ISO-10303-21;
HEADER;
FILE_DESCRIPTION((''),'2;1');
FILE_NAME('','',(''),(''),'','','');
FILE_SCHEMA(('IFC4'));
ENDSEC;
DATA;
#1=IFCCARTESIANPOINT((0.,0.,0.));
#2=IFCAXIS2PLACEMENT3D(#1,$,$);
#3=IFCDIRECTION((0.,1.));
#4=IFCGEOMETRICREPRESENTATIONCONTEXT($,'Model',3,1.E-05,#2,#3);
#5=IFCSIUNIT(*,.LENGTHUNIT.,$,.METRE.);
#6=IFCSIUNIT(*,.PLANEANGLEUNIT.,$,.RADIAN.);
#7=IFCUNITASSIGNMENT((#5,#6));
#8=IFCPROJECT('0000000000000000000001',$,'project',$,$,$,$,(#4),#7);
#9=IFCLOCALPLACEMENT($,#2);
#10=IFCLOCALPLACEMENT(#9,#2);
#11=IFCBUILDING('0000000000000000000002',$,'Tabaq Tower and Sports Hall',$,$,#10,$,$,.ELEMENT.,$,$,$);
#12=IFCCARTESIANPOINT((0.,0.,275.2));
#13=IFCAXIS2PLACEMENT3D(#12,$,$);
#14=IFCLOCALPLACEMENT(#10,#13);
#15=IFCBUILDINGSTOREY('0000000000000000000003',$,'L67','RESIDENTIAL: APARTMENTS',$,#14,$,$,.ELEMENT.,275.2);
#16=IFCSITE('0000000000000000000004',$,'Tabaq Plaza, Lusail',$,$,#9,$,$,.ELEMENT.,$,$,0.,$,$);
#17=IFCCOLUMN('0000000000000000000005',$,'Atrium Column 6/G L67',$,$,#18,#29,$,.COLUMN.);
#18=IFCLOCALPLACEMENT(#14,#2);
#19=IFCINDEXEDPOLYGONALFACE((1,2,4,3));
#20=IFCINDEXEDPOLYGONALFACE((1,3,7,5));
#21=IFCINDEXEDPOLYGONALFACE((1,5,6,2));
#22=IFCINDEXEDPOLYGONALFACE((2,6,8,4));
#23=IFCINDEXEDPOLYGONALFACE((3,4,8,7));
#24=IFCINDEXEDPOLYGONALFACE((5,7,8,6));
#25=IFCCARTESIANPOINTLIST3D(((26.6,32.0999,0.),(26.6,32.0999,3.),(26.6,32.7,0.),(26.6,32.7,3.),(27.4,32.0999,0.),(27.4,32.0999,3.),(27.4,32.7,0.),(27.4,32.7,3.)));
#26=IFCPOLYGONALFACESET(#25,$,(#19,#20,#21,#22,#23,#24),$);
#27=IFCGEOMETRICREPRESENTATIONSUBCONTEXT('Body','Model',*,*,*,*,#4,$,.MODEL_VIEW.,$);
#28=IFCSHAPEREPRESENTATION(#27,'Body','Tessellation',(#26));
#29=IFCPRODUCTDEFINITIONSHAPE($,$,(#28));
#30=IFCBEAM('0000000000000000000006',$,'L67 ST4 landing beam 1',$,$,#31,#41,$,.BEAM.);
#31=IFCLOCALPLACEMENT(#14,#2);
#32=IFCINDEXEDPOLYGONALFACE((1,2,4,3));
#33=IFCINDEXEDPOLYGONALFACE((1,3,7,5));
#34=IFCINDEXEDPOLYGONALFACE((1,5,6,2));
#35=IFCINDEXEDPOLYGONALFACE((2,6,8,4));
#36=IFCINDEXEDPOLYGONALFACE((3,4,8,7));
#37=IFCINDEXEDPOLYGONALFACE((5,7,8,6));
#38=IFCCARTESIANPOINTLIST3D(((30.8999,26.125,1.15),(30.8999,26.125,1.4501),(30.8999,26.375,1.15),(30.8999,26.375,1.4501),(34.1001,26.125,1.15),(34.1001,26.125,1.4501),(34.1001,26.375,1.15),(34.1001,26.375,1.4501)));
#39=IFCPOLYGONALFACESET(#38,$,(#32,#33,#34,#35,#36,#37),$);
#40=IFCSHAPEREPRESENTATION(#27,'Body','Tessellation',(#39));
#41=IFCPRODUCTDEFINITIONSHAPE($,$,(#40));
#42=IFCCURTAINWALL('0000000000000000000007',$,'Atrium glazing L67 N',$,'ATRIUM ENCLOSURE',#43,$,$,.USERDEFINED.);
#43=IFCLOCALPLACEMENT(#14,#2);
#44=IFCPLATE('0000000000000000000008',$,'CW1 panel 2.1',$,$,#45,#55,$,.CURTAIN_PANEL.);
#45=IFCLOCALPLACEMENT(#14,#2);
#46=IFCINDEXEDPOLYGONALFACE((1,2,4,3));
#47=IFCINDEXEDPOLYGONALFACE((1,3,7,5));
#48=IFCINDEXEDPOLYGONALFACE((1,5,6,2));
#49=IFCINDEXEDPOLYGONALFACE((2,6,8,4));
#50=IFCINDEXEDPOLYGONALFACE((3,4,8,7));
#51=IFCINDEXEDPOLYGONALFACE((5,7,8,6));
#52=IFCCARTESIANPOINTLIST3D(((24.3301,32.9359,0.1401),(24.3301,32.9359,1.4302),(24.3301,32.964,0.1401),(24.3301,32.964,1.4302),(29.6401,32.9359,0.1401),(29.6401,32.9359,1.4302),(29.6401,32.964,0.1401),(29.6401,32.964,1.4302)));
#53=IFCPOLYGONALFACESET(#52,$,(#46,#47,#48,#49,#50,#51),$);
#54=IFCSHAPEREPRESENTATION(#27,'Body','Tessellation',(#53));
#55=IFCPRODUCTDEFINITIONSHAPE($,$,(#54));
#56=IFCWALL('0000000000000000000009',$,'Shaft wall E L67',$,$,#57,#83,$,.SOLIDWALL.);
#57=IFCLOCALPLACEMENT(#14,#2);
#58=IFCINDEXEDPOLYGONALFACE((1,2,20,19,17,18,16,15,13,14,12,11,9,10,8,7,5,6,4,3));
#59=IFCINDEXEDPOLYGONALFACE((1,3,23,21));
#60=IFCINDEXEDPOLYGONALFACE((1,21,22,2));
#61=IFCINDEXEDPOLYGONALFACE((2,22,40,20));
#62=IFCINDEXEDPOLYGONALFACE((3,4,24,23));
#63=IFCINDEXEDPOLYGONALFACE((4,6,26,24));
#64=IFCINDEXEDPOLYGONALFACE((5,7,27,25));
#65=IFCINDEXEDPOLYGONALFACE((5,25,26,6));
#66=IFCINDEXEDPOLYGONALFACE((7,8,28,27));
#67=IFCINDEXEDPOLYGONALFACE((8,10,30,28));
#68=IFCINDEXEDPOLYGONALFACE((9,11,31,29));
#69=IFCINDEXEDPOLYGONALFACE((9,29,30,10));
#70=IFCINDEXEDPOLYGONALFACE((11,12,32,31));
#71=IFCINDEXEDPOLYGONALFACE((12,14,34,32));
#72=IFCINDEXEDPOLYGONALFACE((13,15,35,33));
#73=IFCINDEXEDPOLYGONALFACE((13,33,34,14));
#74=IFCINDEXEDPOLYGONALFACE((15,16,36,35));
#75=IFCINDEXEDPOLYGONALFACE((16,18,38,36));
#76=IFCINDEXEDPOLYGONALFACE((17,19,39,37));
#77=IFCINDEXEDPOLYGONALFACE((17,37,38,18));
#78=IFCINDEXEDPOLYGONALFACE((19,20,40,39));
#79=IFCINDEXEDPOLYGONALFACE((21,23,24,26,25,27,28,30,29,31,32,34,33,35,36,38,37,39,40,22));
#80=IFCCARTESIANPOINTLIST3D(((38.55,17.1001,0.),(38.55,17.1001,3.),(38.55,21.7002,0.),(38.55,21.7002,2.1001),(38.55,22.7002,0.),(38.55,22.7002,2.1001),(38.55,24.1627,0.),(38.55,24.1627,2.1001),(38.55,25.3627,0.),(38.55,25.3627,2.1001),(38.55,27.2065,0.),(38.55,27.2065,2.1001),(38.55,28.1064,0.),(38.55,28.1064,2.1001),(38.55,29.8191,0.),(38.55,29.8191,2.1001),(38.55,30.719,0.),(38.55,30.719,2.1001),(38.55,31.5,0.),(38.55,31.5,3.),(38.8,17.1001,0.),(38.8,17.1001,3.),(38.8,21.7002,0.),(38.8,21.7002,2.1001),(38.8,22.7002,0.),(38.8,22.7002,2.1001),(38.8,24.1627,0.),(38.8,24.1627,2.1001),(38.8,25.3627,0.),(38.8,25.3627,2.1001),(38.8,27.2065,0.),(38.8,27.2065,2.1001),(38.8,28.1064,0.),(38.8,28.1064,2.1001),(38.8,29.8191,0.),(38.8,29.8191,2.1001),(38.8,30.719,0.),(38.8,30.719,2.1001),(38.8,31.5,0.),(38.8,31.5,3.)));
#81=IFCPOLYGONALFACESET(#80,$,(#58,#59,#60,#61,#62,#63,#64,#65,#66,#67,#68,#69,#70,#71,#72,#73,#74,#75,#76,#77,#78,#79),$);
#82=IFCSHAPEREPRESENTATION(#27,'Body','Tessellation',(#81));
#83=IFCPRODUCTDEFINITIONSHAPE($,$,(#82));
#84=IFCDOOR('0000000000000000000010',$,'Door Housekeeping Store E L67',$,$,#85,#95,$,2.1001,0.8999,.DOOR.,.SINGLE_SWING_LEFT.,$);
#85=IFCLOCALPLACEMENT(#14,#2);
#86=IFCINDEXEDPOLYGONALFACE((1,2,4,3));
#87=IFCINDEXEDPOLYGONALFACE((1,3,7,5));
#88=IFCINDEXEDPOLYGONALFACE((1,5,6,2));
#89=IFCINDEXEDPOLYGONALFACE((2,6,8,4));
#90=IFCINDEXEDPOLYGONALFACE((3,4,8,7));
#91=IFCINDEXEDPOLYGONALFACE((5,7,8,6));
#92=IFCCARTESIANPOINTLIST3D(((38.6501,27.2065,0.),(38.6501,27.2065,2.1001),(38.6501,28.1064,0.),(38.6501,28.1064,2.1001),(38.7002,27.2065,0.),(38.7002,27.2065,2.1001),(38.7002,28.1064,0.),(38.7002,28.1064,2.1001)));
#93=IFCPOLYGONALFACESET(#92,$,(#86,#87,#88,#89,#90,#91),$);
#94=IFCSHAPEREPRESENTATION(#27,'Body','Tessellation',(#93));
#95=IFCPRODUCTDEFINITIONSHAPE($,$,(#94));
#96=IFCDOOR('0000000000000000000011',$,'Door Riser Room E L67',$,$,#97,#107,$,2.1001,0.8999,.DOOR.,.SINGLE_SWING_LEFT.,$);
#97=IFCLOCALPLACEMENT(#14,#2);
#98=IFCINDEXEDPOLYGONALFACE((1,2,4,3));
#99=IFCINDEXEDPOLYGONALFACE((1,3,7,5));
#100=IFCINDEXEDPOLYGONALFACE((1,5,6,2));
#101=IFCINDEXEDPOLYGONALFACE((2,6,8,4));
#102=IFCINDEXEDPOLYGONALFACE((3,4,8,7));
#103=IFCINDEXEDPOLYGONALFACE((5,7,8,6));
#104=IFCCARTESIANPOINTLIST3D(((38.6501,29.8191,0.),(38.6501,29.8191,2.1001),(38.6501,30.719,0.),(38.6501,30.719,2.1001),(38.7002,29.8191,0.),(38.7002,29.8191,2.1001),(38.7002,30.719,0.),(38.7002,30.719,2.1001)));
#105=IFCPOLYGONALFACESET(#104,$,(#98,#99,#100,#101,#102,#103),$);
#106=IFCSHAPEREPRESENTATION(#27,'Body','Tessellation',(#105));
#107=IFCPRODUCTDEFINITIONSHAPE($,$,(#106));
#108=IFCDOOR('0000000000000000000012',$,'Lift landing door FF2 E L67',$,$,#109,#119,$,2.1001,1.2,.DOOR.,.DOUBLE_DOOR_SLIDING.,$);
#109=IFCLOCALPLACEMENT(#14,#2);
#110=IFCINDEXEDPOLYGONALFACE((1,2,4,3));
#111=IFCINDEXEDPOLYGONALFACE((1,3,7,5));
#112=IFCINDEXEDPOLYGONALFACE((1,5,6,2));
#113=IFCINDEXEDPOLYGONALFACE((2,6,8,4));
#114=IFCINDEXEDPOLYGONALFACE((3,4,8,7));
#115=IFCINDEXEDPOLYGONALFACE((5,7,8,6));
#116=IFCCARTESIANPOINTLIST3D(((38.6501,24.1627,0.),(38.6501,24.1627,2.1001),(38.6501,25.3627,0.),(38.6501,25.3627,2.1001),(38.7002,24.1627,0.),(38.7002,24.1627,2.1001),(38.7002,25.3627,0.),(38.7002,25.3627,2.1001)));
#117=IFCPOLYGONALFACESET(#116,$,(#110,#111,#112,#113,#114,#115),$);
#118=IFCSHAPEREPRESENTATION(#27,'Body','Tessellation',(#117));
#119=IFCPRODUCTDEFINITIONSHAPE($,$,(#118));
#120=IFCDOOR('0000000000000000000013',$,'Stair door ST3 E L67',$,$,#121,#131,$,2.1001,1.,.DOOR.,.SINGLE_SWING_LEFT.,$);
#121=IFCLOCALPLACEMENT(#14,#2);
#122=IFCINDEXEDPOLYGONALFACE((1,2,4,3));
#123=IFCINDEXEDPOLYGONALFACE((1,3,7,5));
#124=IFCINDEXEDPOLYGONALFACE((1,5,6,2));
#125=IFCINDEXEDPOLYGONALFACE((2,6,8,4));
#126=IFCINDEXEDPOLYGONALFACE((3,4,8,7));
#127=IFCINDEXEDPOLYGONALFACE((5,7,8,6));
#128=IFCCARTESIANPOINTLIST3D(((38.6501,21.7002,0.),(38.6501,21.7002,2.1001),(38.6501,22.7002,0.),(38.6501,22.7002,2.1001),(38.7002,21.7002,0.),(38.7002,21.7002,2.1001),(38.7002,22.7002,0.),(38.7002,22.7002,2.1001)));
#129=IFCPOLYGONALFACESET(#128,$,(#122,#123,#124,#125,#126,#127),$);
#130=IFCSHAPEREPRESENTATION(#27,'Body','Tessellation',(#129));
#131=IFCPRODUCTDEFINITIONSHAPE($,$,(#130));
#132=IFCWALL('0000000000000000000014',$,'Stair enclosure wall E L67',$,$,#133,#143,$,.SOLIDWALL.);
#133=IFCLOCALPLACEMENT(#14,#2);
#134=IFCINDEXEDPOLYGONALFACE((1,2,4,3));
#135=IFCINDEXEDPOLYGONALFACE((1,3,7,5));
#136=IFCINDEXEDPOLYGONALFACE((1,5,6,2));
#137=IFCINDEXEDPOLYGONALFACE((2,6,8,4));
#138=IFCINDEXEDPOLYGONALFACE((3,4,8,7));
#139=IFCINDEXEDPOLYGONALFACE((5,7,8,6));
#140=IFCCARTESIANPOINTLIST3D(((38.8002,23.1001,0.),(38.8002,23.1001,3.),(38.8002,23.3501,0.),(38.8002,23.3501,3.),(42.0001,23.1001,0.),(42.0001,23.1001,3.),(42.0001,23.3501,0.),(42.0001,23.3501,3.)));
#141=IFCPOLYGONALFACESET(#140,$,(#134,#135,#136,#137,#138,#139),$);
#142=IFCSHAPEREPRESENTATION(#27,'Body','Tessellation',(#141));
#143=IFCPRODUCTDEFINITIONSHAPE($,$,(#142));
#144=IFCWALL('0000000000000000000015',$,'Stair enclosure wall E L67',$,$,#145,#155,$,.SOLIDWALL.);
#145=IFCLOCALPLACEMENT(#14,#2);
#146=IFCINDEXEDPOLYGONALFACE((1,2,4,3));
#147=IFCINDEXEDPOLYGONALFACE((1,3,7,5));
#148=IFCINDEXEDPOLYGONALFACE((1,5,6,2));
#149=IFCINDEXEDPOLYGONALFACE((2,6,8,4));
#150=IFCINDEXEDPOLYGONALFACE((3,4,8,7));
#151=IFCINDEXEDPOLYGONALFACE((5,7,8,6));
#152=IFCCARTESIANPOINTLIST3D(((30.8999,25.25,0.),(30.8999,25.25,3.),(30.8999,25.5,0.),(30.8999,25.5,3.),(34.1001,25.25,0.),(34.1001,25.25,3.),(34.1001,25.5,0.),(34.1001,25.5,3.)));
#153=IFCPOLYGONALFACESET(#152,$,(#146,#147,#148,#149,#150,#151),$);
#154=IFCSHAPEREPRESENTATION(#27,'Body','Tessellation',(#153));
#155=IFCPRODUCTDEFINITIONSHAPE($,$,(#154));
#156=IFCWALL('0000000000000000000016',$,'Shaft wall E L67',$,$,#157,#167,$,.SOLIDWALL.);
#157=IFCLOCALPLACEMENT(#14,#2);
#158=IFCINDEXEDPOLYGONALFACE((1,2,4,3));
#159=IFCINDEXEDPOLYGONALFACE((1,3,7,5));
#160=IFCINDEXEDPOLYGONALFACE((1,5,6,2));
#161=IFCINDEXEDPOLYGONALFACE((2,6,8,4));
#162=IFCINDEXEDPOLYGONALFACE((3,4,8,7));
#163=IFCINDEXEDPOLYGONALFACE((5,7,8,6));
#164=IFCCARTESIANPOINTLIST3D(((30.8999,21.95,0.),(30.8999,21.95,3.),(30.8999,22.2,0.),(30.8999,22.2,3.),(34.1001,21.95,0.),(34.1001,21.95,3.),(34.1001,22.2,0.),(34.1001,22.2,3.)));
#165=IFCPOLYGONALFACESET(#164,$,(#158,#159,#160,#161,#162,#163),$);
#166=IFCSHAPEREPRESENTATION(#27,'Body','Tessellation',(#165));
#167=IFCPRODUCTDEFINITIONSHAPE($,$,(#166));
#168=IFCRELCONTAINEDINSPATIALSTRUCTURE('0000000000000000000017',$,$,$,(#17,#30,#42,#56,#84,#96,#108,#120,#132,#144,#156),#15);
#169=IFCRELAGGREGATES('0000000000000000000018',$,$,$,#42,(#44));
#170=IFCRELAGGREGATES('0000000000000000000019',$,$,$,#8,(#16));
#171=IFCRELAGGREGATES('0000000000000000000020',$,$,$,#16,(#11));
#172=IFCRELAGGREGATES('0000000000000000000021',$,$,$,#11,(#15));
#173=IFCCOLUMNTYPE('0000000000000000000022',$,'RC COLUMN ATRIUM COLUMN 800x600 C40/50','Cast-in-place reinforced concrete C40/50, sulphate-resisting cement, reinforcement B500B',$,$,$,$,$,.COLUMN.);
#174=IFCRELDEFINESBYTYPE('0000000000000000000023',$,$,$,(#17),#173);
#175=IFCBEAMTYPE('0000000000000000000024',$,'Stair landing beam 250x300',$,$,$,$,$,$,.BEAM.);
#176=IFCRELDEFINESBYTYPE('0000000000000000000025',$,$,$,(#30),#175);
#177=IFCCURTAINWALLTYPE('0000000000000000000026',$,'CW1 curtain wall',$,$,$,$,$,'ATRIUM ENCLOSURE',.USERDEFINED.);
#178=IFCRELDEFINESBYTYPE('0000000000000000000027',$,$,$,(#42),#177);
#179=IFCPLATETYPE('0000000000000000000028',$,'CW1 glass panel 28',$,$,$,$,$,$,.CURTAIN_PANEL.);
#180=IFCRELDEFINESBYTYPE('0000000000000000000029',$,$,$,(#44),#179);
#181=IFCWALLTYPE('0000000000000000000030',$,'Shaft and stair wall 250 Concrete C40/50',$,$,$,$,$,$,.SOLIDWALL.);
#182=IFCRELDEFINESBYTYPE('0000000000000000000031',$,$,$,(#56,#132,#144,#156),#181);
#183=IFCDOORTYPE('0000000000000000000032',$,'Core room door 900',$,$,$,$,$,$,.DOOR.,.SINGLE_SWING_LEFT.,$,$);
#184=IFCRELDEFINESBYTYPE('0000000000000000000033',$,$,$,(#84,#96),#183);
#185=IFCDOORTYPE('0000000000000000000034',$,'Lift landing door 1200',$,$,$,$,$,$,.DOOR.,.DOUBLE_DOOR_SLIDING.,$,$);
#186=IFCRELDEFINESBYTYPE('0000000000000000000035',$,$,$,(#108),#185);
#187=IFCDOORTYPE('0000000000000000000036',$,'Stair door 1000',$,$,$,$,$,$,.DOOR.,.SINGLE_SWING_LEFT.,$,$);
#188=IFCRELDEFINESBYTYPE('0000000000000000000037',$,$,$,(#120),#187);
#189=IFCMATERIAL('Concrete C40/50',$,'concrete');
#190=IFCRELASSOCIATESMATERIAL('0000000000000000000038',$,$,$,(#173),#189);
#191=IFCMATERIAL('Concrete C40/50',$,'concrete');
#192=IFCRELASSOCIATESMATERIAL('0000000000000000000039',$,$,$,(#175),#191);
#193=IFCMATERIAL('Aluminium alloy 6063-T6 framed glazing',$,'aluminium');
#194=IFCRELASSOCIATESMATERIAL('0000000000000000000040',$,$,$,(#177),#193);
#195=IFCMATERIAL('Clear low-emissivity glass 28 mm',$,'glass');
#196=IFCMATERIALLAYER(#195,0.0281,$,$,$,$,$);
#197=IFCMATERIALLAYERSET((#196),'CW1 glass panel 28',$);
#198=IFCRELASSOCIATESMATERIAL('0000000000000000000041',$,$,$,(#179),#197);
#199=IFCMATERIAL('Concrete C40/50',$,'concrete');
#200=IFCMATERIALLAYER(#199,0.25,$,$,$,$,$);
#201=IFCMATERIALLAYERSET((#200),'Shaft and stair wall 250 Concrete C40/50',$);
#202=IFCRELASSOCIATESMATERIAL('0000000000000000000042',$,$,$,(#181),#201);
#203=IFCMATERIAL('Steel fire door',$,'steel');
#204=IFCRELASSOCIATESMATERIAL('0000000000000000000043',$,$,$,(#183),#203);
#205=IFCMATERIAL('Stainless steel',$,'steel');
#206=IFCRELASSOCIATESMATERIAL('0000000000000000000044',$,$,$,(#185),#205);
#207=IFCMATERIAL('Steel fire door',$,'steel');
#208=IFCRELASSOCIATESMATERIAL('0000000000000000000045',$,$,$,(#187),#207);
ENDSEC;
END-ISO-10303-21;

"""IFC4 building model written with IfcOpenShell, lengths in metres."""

from ifc_helpers import new_model, si_unit, direction, frame, frame_2d, origin, origin_2d, place, context, subcontext, project, spatial, rectangle, extrude, material, layer, layer_set, material_profile, profile_set, type_object, element, fill, aggregate, save


model = new_model("IFC4")

# Units and contexts
model_context = context("Model", 3, precision=1e-05, world=origin(), true_north=direction((0.0, 1.0)))
body_context = subcontext(model_context, "Body", "Model", "MODEL_VIEW")
ifc_project = project(units=[si_unit("LENGTHUNIT", "METRE"), si_unit("PLANEANGLEUNIT", "RADIAN")], contexts=[model_context])

# Site, building, storey
site_placement = place(None, origin())
site = spatial("IfcSite", under=ifc_project, at=site_placement, Name="Tabaq Plaza, Lusail", CompositionType="ELEMENT", RefElevation=0.0)
building_placement = place(site_placement, origin())
building = spatial("IfcBuilding", under=site, at=building_placement, Name="Tabaq Tower and Sports Hall", CompositionType="ELEMENT")
storey_placement = place(building_placement, frame((0.0, 0.0, 275.2)))
storey = spatial("IfcBuildingStorey", under=building, at=storey_placement, Name="L67", Description="RESIDENTIAL: APARTMENTS", CompositionType="ELEMENT", Elevation=275.2)

# Column
ifc_material_1 = material(Name="Concrete C40/50", Category="concrete")
ifc_material_profile_1 = material_profile(ifc_material_1, rectangle(XDim=0.8, YDim=0.6001, at=origin_2d()), Name="ATRIUM COLUMN 800x600")
ifc_profile_set_1 = profile_set([ifc_material_profile_1], Name="Concrete C40/50")
column_type = type_object("IfcColumnType", Name="RC COLUMN ATRIUM COLUMN 800x600 C40/50", Description="Cast-in-place reinforced concrete C40/50, sulphate-resisting cement, reinforcement B500B", PredefinedType="COLUMN", material=ifc_profile_set_1)
column_placement = place(storey_placement, frame((27.0, 32.3999, 0.0), z_axis=(0.0, 0.0, 1.0), x_axis=(1.0, 0.0, 0.0)))
element("IfcColumn", 1, at=column_placement, inside=storey, type_object=column_type, Name="Atrium Column 6/G L67", PredefinedType="COLUMN", context=body_context, shape_type="SweptSolid", body=[
    extrude(rectangle(XDim=0.8, YDim=0.6001, at=origin_2d()), origin(), (0.0, 0.0, 1.0), 3.0),
])

# Beam
ifc_material_2 = material(Name="Concrete C40/50", Category="concrete")
ifc_material_profile_2 = material_profile(ifc_material_2, rectangle(XDim=0.25, YDim=0.3, at=origin_2d()), Name="RC 250x300")
ifc_profile_set_2 = profile_set([ifc_material_profile_2], Name="Concrete C40/50")
beam_type = type_object("IfcBeamType", Name="Stair landing beam 250x300", PredefinedType="BEAM", material=ifc_profile_set_2)
beam_placement = place(storey_placement, frame((30.8999, 26.25, 1.3), z_axis=(1.0, 0.0, 0.0), x_axis=(0.0, 1.0, 0.0)))
element("IfcBeam", 2, at=beam_placement, inside=storey, type_object=beam_type, Name="L67 ST4 landing beam 1", PredefinedType="BEAM", context=body_context, shape_type="SweptSolid", body=[
    extrude(rectangle(XDim=0.25, YDim=0.3, at=origin_2d()), origin(), (0.0, 0.0, 1.0), 3.2002),
])

# Curtain wall, plate
ifc_material_3 = material(Name="Aluminium alloy 6063-T6 framed glazing", Category="aluminium")
curtain_wall_type = type_object("IfcCurtainWallType", Name="CW1 curtain wall", ElementType="ATRIUM ENCLOSURE", PredefinedType="USERDEFINED", material=ifc_material_3)
curtain_wall_placement = place(storey_placement, origin())
curtain_wall = element("IfcCurtainWall", 3, at=curtain_wall_placement, inside=storey, type_object=curtain_wall_type, Name="Atrium glazing L67 N", ObjectType="ATRIUM ENCLOSURE", PredefinedType="USERDEFINED")
ifc_material_4 = material(Name="Clear low-emissivity glass 28 mm", Category="glass")
ifc_layer_1 = layer(ifc_material_4, 0.0281)
ifc_layer_set_1 = layer_set([ifc_layer_1], Name="CW1 glass panel 28")
plate_type = type_object("IfcPlateType", Name="CW1 glass panel 28", PredefinedType="CURTAIN_PANEL", material=ifc_layer_set_1)
plate_placement = place(storey_placement, frame((26.9851, 32.95, 0.1401), z_axis=(0.0, 0.0, 1.0), x_axis=(1.0, 0.0, 0.0)))
plate = element("IfcPlate", 4, at=plate_placement, type_object=plate_type, Name="CW1 panel 2.1", PredefinedType="CURTAIN_PANEL", context=body_context, shape_type="SweptSolid", body=[
    extrude(rectangle(XDim=5.3101, YDim=0.0281, at=origin_2d()), origin(), (0.0, 0.0, 1.0), 1.29),
])
aggregate(curtain_wall, [plate])

# Wall, openings, doors
ifc_material_5 = material(Name="Concrete C40/50", Category="concrete")
ifc_layer_2 = layer(ifc_material_5, 0.25)
ifc_layer_set_2 = layer_set([ifc_layer_2], Name="Shaft and stair wall 250 Concrete C40/50")
wall_type_1 = type_object("IfcWallType", Name="Shaft and stair wall 250 Concrete C40/50", PredefinedType="SOLIDWALL", material=ifc_layer_set_2)
wall_1_placement = place(storey_placement, frame((38.675, 17.1001, 0.0), z_axis=(0.0, 0.0, 1.0), x_axis=(0.0, 1.0, 0.0)))
wall_1 = element("IfcWall", 5, at=wall_1_placement, inside=storey, type_object=wall_type_1, Name="Shaft wall E L67", PredefinedType="SOLIDWALL", context=body_context, shape_type="SweptSolid", body=[
    extrude(rectangle(XDim=14.3999, YDim=0.25, at=frame_2d((7.2, 0.0))), origin(), (0.0, 0.0, 1.0), 3.0),
])
opening_1_placement = place(wall_1_placement, frame((4.6001, 0.0, 0.0)))
opening_1 = element("IfcOpeningElement", 6, at=opening_1_placement, cuts=wall_1, PredefinedType="OPENING", context=body_context, shape_type="SweptSolid", body=[
    extrude(rectangle(XDim=1.0, YDim=2.1001, at=frame_2d((0.5, 1.05))), frame((0.0, 0.125, 0.0), z_axis=(0.0, -1.0, 0.0), x_axis=(1.0, 0.0, 0.0)), (0.0, 0.0, 1.0), 0.25),
])
opening_2_placement = place(wall_1_placement, frame((7.0625, 0.0, 0.0)))
opening_2 = element("IfcOpeningElement", 7, at=opening_2_placement, cuts=wall_1, PredefinedType="OPENING", context=body_context, shape_type="SweptSolid", body=[
    extrude(rectangle(XDim=1.2, YDim=2.1001, at=frame_2d((0.6001, 1.05))), frame((0.0, 0.125, 0.0), z_axis=(0.0, -1.0, 0.0), x_axis=(1.0, 0.0, 0.0)), (0.0, 0.0, 1.0), 0.25),
])
opening_3_placement = place(wall_1_placement, frame((10.1064, 0.0, 0.0)))
opening_3 = element("IfcOpeningElement", 8, at=opening_3_placement, cuts=wall_1, PredefinedType="OPENING", context=body_context, shape_type="SweptSolid", body=[
    extrude(rectangle(XDim=0.8999, YDim=2.1001, at=frame_2d((0.45, 1.05))), frame((0.0, 0.125, 0.0), z_axis=(0.0, -1.0, 0.0), x_axis=(1.0, 0.0, 0.0)), (0.0, 0.0, 1.0), 0.25),
])
opening_4_placement = place(wall_1_placement, frame((12.719, 0.0, 0.0)))
opening_4 = element("IfcOpeningElement", 9, at=opening_4_placement, cuts=wall_1, PredefinedType="OPENING", context=body_context, shape_type="SweptSolid", body=[
    extrude(rectangle(XDim=0.8999, YDim=2.1001, at=frame_2d((0.45, 1.05))), frame((0.0, 0.125, 0.0), z_axis=(0.0, -1.0, 0.0), x_axis=(1.0, 0.0, 0.0)), (0.0, 0.0, 1.0), 0.25),
])
ifc_material_6 = material(Name="Steel fire door", Category="steel")
door_type_1 = type_object("IfcDoorType", Name="Core room door 900", OperationType="SINGLE_SWING_LEFT", PredefinedType="DOOR", material=ifc_material_6)
door_1_placement = place(opening_3_placement, origin())
door_1 = element("IfcDoor", 10, at=door_1_placement, inside=storey, type_object=door_type_1, Name="Door Housekeeping Store E L67", OperationType="SINGLE_SWING_LEFT", OverallHeight=2.1001, OverallWidth=0.8999, PredefinedType="DOOR", context=body_context, shape_type="SweptSolid", body=[
    extrude(rectangle(XDim=0.8999, YDim=2.1001, at=frame_2d((0.45, 1.05))), frame((0.0, 0.0249, 0.0), z_axis=(0.0, -1.0, 0.0), x_axis=(1.0, 0.0, 0.0)), (0.0, 0.0, 1.0), 0.05),
])
fill(opening_3, door_1)
door_2_placement = place(opening_4_placement, origin())
door_2 = element("IfcDoor", 11, at=door_2_placement, inside=storey, type_object=door_type_1, Name="Door Riser Room E L67", OperationType="SINGLE_SWING_LEFT", OverallHeight=2.1001, OverallWidth=0.8999, PredefinedType="DOOR", context=body_context, shape_type="SweptSolid", body=[
    extrude(rectangle(XDim=0.8999, YDim=2.1001, at=frame_2d((0.45, 1.05))), frame((0.0, 0.0249, 0.0), z_axis=(0.0, -1.0, 0.0), x_axis=(1.0, 0.0, 0.0)), (0.0, 0.0, 1.0), 0.05),
])
fill(opening_4, door_2)
ifc_material_7 = material(Name="Stainless steel", Category="steel")
door_type_2 = type_object("IfcDoorType", Name="Lift landing door 1200", OperationType="DOUBLE_DOOR_SLIDING", PredefinedType="DOOR", material=ifc_material_7)
door_3_placement = place(opening_2_placement, origin())
door_3 = element("IfcDoor", 12, at=door_3_placement, inside=storey, type_object=door_type_2, Name="Lift landing door FF2 E L67", OperationType="DOUBLE_DOOR_SLIDING", OverallHeight=2.1001, OverallWidth=1.2, PredefinedType="DOOR", context=body_context, shape_type="SweptSolid", body=[
    extrude(rectangle(XDim=1.2, YDim=2.1001, at=frame_2d((0.6001, 1.05))), frame((0.0, 0.0249, 0.0), z_axis=(0.0, -1.0, 0.0), x_axis=(1.0, 0.0, 0.0)), (0.0, 0.0, 1.0), 0.05),
])
fill(opening_2, door_3)
ifc_material_8 = material(Name="Steel fire door", Category="steel")
door_type_3 = type_object("IfcDoorType", Name="Stair door 1000", OperationType="SINGLE_SWING_LEFT", PredefinedType="DOOR", material=ifc_material_8)
door_4_placement = place(opening_1_placement, origin())
door_4 = element("IfcDoor", 13, at=door_4_placement, inside=storey, type_object=door_type_3, Name="Stair door ST3 E L67", OperationType="SINGLE_SWING_LEFT", OverallHeight=2.1001, OverallWidth=1.0, PredefinedType="DOOR", context=body_context, shape_type="SweptSolid", body=[
    extrude(rectangle(XDim=1.0, YDim=2.1001, at=frame_2d((0.5, 1.05))), frame((0.0, 0.0249, 0.0), z_axis=(0.0, -1.0, 0.0), x_axis=(1.0, 0.0, 0.0)), (0.0, 0.0, 1.0), 0.05),
])
fill(opening_1, door_4)

# Walls
wall_2_placement = place(storey_placement, frame((38.8, 23.2251, 0.0), z_axis=(0.0, 0.0, 1.0), x_axis=(1.0, 0.0, 0.0)))
element("IfcWall", 14, at=wall_2_placement, inside=storey, type_object=wall_type_1, Name="Stair enclosure wall E L67", PredefinedType="SOLIDWALL", context=body_context, shape_type="SweptSolid", body=[
    extrude(rectangle(XDim=3.2, YDim=0.25, at=frame_2d((1.6001, 0.0))), origin(), (0.0, 0.0, 1.0), 3.0),
])
for number, where, z_axis, x_axis, name in (
    (15, (30.8999, 25.375, 0.0), (0.0, 0.0, 1.0), (1.0, 0.0, 0.0), "Stair enclosure wall E L67"),
    (16, (30.8999, 22.075, 0.0), (0.0, 0.0, 1.0), (1.0, 0.0, 0.0), "Shaft wall E L67"),
):
    element("IfcWall", number, at=place(storey_placement, frame(where, z_axis=z_axis, x_axis=x_axis)), inside=storey, type_object=wall_type_1, Name=name, PredefinedType="SOLIDWALL", context=body_context, shape_type="SweptSolid", body=[
        extrude(rectangle(XDim=3.2002, YDim=0.25, at=frame_2d((1.6001, 0.0))), origin(), (0.0, 0.0, 1.0), 3.0),
    ])

save(model, "model.ifc")
